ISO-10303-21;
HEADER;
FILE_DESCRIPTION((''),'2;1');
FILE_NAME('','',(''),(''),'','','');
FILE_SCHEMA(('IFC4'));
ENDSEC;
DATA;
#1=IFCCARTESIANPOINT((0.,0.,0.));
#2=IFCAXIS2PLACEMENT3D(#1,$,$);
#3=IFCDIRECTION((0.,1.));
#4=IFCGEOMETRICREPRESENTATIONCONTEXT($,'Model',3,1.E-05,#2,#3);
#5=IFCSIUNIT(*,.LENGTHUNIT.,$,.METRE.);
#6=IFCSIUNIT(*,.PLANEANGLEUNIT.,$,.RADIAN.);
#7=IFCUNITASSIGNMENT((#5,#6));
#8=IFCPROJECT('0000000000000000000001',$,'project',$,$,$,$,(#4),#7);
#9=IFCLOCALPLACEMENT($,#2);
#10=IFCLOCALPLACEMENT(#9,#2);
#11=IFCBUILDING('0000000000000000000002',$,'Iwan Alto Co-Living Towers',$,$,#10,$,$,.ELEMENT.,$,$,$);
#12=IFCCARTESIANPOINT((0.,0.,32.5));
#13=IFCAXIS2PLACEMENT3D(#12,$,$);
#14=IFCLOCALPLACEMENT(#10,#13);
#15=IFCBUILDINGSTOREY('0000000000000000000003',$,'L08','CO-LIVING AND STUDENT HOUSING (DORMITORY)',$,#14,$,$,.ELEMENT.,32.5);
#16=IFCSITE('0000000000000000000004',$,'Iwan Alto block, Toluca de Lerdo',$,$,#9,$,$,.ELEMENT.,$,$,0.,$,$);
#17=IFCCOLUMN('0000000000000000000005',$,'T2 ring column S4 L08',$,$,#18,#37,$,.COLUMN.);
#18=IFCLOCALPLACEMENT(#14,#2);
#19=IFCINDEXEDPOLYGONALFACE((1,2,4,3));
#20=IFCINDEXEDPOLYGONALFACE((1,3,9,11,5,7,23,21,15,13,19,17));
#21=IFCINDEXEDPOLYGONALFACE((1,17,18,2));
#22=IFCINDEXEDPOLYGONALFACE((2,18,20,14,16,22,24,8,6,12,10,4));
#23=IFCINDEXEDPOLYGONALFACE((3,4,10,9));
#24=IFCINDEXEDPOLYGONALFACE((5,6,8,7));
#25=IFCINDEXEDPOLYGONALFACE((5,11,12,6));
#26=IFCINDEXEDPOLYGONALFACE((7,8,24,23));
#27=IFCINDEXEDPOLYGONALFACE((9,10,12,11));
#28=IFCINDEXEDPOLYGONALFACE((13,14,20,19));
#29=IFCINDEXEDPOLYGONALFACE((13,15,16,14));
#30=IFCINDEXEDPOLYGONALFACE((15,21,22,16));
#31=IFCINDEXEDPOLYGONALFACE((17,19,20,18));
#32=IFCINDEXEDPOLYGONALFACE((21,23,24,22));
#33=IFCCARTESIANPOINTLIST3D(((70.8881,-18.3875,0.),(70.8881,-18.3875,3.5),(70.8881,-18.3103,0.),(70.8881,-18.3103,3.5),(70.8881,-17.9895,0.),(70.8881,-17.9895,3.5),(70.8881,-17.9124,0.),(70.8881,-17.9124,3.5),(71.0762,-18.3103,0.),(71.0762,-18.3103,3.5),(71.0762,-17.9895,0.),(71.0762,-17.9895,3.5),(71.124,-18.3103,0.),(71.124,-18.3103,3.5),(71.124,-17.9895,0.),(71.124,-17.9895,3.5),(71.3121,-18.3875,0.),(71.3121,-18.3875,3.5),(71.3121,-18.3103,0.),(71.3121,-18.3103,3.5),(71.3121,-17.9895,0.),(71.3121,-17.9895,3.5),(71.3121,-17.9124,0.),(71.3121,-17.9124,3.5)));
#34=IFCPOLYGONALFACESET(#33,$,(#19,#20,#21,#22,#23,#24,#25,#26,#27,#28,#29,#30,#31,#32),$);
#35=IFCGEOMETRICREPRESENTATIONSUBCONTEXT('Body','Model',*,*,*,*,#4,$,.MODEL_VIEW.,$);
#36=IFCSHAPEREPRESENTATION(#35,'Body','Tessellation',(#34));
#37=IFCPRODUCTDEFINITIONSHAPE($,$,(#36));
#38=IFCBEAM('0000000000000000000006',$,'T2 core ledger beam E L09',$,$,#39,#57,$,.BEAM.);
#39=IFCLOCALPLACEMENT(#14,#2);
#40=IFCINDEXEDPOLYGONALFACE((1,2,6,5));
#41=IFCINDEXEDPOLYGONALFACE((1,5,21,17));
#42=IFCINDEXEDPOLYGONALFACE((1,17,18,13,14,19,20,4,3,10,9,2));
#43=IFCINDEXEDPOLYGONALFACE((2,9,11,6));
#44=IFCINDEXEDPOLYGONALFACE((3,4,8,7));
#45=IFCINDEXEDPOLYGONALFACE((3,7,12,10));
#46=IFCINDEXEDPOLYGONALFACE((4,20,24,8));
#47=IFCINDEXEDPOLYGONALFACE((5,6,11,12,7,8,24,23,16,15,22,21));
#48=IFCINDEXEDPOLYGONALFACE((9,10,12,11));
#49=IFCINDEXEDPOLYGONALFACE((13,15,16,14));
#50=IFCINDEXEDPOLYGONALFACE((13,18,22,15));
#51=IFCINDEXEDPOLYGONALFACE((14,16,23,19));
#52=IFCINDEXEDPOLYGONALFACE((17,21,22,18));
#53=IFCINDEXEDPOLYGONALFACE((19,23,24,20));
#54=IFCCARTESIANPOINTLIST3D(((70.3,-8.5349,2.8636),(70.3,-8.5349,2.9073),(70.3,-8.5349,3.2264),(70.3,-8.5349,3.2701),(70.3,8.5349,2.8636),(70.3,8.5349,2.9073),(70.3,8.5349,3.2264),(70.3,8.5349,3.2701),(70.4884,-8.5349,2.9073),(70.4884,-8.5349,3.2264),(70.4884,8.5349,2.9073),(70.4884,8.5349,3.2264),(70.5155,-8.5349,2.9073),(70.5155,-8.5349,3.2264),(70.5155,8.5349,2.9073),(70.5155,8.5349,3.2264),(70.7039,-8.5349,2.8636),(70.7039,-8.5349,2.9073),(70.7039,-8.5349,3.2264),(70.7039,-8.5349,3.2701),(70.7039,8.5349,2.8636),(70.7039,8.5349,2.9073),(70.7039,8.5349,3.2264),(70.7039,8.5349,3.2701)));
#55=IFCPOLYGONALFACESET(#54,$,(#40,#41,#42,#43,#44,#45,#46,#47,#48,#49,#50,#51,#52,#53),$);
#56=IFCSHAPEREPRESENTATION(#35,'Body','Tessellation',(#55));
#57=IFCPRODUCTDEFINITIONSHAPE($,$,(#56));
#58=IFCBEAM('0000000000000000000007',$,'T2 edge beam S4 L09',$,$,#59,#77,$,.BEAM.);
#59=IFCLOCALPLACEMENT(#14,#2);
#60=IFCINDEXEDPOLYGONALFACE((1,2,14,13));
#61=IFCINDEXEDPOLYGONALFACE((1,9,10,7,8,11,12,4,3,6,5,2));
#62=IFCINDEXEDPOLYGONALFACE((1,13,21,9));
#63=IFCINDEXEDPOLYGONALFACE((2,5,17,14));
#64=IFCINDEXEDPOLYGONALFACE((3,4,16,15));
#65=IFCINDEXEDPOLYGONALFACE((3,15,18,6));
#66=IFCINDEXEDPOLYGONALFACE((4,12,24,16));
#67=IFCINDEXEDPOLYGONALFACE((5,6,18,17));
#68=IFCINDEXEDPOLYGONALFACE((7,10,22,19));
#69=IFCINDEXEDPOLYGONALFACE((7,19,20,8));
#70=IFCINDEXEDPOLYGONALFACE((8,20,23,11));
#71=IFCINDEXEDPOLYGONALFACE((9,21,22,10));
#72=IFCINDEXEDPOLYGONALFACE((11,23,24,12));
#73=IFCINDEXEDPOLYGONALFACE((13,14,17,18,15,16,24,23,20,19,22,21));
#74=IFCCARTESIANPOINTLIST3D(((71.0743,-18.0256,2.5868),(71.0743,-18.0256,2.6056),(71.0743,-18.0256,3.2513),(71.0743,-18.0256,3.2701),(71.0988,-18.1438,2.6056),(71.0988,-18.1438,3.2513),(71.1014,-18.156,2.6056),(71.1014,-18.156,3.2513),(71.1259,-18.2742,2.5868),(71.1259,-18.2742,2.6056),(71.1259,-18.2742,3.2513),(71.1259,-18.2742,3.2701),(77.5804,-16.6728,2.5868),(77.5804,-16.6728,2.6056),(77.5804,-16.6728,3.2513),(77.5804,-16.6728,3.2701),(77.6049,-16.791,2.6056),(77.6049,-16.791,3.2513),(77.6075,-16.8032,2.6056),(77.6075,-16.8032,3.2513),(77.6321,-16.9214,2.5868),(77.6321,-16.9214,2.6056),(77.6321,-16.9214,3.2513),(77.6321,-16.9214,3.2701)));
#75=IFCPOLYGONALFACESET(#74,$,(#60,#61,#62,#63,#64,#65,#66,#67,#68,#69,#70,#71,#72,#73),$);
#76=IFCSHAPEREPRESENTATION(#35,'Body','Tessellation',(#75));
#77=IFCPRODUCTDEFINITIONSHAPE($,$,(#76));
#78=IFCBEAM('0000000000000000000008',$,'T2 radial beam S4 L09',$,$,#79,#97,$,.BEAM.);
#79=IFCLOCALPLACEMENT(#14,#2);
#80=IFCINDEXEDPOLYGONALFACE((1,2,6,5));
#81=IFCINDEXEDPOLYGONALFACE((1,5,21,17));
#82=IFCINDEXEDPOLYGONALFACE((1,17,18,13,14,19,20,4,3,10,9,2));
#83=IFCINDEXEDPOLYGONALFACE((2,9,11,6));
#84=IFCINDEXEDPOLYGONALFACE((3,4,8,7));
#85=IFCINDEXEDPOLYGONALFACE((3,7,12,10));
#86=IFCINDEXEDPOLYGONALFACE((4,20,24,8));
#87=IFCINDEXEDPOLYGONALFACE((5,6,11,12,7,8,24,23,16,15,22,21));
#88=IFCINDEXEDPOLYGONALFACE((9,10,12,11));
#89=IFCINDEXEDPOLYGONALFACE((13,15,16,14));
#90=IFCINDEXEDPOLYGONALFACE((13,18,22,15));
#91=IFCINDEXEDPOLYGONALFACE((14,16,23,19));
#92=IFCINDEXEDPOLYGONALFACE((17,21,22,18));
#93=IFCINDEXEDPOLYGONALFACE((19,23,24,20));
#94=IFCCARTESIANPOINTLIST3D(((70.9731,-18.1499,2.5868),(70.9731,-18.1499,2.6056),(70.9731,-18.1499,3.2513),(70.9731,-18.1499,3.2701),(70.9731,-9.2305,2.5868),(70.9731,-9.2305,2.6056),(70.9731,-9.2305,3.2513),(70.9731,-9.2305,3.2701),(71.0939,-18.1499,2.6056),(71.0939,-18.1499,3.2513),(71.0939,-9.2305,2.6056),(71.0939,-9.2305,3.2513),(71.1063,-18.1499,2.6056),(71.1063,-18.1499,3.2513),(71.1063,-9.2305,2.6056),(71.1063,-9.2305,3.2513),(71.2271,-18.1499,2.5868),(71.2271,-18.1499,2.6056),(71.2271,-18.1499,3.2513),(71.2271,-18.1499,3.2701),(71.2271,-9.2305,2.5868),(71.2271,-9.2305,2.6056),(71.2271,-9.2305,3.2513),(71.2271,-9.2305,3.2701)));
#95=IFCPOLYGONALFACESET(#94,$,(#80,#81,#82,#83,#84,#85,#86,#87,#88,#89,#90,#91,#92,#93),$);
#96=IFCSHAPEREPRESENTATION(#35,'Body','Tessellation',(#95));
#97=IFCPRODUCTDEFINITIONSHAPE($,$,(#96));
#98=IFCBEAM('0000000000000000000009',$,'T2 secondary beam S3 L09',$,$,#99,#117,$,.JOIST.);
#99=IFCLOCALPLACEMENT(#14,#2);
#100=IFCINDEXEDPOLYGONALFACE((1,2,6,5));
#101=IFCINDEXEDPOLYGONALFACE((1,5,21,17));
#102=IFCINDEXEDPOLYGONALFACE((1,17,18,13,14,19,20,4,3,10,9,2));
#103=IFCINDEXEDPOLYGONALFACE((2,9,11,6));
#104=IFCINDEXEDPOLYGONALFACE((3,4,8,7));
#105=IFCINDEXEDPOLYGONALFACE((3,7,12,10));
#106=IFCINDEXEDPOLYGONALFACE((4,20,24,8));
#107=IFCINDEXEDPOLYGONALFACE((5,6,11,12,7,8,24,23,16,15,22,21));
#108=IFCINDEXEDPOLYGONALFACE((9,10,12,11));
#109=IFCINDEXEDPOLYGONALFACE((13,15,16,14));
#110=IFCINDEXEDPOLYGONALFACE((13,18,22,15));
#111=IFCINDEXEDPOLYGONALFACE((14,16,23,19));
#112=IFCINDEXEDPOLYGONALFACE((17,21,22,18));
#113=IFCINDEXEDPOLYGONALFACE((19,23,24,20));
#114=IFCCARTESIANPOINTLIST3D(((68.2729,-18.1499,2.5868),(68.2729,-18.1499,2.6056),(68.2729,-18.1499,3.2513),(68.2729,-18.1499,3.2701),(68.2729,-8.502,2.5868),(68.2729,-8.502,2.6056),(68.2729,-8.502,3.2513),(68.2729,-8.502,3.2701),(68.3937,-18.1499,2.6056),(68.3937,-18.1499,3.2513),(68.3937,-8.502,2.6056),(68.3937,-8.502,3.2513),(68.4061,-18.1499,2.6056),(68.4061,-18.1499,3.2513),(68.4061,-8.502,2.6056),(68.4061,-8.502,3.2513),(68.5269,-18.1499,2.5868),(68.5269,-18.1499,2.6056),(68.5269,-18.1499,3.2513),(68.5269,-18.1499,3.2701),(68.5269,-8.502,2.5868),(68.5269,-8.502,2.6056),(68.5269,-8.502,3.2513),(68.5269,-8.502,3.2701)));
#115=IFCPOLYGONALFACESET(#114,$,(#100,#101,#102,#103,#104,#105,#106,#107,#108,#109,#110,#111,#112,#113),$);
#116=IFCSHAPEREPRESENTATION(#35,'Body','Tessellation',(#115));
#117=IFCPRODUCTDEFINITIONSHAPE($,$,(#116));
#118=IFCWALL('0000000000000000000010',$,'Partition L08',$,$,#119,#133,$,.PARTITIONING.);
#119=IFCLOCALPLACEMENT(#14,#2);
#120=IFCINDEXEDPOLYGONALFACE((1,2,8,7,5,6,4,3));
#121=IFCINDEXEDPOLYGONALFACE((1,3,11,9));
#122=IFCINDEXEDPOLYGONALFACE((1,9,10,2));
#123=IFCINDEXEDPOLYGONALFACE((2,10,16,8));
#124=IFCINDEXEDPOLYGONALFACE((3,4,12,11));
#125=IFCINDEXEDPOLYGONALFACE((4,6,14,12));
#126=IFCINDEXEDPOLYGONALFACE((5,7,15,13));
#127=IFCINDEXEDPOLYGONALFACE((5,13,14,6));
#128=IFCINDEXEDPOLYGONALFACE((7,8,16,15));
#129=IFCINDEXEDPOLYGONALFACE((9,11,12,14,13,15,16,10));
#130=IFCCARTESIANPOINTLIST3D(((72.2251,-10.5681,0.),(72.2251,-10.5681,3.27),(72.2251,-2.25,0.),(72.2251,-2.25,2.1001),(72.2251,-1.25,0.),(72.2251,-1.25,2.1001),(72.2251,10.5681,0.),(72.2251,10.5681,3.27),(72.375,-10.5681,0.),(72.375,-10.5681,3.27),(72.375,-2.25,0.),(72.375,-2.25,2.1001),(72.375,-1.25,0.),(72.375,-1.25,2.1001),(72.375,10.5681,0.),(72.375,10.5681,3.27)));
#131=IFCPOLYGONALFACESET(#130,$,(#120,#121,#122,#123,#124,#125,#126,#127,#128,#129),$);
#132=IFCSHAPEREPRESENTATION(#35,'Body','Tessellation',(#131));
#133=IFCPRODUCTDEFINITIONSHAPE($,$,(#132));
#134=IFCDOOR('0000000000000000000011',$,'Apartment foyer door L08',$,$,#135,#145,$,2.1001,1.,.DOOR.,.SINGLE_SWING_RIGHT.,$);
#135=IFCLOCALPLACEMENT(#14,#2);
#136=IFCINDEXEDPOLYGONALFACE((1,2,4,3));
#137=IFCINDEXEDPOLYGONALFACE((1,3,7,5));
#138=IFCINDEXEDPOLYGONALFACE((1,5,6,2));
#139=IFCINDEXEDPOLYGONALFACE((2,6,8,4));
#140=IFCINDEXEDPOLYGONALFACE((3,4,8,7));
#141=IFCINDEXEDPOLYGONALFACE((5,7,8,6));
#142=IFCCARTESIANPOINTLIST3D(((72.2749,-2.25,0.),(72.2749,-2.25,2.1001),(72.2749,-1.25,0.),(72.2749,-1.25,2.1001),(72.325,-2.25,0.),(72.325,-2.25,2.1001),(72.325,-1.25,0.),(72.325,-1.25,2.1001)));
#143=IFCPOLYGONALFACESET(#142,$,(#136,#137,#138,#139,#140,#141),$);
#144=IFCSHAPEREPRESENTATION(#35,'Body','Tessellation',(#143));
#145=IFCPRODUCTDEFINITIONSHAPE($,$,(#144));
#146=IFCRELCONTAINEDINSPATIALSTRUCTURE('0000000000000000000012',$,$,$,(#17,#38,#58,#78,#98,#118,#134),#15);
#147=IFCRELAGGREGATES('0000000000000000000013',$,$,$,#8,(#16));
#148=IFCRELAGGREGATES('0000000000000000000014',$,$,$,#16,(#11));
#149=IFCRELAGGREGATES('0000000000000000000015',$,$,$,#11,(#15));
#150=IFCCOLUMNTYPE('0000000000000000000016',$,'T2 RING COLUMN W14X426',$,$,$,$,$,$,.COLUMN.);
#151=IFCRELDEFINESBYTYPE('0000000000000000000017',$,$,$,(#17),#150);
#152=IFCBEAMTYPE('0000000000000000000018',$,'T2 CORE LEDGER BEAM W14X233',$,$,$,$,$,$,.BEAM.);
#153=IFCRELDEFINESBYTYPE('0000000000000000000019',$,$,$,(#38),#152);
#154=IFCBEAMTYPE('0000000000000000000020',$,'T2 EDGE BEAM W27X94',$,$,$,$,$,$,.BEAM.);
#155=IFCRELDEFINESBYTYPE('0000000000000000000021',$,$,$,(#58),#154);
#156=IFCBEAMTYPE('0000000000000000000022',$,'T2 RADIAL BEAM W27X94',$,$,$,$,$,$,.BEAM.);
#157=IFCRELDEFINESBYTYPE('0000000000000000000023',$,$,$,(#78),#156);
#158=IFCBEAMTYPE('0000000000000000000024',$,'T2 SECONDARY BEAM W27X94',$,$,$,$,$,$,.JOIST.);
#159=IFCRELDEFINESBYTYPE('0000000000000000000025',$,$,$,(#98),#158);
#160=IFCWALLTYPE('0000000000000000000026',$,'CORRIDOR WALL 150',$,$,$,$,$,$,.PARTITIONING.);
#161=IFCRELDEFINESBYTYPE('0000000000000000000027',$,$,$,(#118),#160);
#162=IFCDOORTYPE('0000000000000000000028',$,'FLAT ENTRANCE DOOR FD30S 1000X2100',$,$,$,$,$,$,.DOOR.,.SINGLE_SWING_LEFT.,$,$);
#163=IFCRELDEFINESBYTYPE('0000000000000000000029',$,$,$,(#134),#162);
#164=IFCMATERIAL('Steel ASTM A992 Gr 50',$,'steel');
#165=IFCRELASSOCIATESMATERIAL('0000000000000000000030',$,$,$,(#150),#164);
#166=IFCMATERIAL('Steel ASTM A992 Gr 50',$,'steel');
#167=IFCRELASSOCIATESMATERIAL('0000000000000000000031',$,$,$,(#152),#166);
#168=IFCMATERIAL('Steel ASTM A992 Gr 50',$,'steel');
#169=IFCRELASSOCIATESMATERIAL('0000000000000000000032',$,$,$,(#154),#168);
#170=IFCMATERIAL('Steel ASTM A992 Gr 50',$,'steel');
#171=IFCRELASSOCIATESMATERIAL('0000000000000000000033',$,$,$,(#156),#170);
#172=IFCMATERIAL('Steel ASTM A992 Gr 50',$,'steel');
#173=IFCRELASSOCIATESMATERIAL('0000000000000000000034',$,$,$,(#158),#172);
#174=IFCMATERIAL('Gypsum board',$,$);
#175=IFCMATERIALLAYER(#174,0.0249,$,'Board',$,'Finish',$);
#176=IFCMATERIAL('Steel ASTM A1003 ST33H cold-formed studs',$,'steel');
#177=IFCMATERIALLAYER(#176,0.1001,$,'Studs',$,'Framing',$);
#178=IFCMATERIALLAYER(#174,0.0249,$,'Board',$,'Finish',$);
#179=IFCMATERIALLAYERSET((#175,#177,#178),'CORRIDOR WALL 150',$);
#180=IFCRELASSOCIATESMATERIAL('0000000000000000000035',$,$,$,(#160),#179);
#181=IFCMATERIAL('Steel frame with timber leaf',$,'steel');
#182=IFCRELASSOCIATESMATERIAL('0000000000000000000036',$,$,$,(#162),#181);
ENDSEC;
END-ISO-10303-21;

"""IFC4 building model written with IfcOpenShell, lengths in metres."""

from ifc_helpers import new_model, si_unit, direction, frame, frame_2d, origin, origin_2d, place, context, subcontext, project, spatial, rectangle, i_section, extrude, material, layer, layer_set, material_profile, profile_set, type_object, element, fill, save


model = new_model("IFC4")

# Units and contexts
model_context = context("Model", 3, precision=1e-05, world=origin(), true_north=direction((0.0, 1.0)))
body_context = subcontext(model_context, "Body", "Model", "MODEL_VIEW")
ifc_project = project(units=[si_unit("LENGTHUNIT", "METRE"), si_unit("PLANEANGLEUNIT", "RADIAN")], contexts=[model_context])

# Site, building, storey
site_placement = place(None, origin())
site = spatial("IfcSite", under=ifc_project, at=site_placement, Name="Iwan Alto block, Toluca de Lerdo", CompositionType="ELEMENT", RefElevation=0.0)
building_placement = place(site_placement, origin())
building = spatial("IfcBuilding", under=site, at=building_placement, Name="Iwan Alto Co-Living Towers", CompositionType="ELEMENT")
storey_placement = place(building_placement, frame((0.0, 0.0, 32.5)))
storey = spatial("IfcBuildingStorey", under=building, at=storey_placement, Name="L08", Description="CO-LIVING AND STUDENT HOUSING (DORMITORY)", CompositionType="ELEMENT", Elevation=32.5)

# Column
ifc_material_1 = material(Name="Steel ASTM A992 Gr 50", Category="steel")
ifc_material_profile_1 = material_profile(ifc_material_1, i_section(OverallWidth=0.4241, OverallDepth=0.4751, WebThickness=0.0479, FlangeThickness=0.0771, at=origin_2d()), Name="W14X426")
ifc_profile_set_1 = profile_set([ifc_material_profile_1], Name="Steel ASTM A992 Gr 50")
column_type = type_object("IfcColumnType", Name="T2 RING COLUMN W14X426", PredefinedType="COLUMN", material=ifc_profile_set_1)
column_placement = place(storey_placement, frame((71.1001, -18.1499, 0.0), z_axis=(0.0, 0.0, 1.0), x_axis=(1.0, 0.0, 0.0)))
element("IfcColumn", 1, at=column_placement, inside=storey, type_object=column_type, Name="T2 ring column S4 L08", PredefinedType="COLUMN", context=body_context, shape_type="SweptSolid", body=[
    extrude(i_section(OverallWidth=0.4241, OverallDepth=0.4751, WebThickness=0.0479, FlangeThickness=0.0771, at=origin_2d()), origin(), (0.0, 0.0, 1.0), 3.5),
])

# Beams
ifc_material_2 = material(Name="Steel ASTM A992 Gr 50", Category="steel")
ifc_material_profile_2 = material_profile(ifc_material_2, i_section(OverallWidth=0.4038, OverallDepth=0.4065, WebThickness=0.0271, FlangeThickness=0.0437, at=origin_2d()), Name="W14X233")
ifc_profile_set_2 = profile_set([ifc_material_profile_2], Name="Steel ASTM A992 Gr 50")
beam_type_1 = type_object("IfcBeamType", Name="T2 CORE LEDGER BEAM W14X233", PredefinedType="BEAM", material=ifc_profile_set_2)
beam_1_placement = place(storey_placement, frame((70.502, -8.5349, 3.0669), z_axis=(0.0, 1.0, 0.0), x_axis=(-1.0, 0.0, 0.0)))
element("IfcBeam", 2, at=beam_1_placement, inside=storey, type_object=beam_type_1, Name="T2 core ledger beam E L09", PredefinedType="BEAM", context=body_context, shape_type="SweptSolid", body=[
    extrude(i_section(OverallWidth=0.4038, OverallDepth=0.4065, WebThickness=0.0271, FlangeThickness=0.0437, at=origin_2d()), origin(), (0.0, 0.0, 1.0), 17.0698),
])
ifc_material_3 = material(Name="Steel ASTM A992 Gr 50", Category="steel")
ifc_material_profile_3 = material_profile(ifc_material_3, i_section(OverallWidth=0.2539, OverallDepth=0.6833, WebThickness=0.0125, FlangeThickness=0.0188, at=origin_2d()), Name="W27X94")
ifc_profile_set_3 = profile_set([ifc_material_profile_3], Name="Steel ASTM A992 Gr 50")
beam_type_2 = type_object("IfcBeamType", Name="T2 EDGE BEAM W27X94", PredefinedType="BEAM", material=ifc_profile_set_3)
beam_2_placement = place(storey_placement, frame((71.1001, -18.1499, 2.9285), z_axis=(0.97906, 0.203571, 0.0), x_axis=(-0.203571, 0.97906, 0.0)))
element("IfcBeam", 3, at=beam_2_placement, inside=storey, type_object=beam_type_2, Name="T2 edge beam S4 L09", PredefinedType="BEAM", context=body_context, shape_type="SweptSolid", body=[
    extrude(i_section(OverallWidth=0.2539, OverallDepth=0.6833, WebThickness=0.0125, FlangeThickness=0.0188, at=origin_2d()), origin(), (0.0, 0.0, 1.0), 6.6453),
])
ifc_material_4 = material(Name="Steel ASTM A992 Gr 50", Category="steel")
ifc_material_profile_4 = material_profile(ifc_material_4, i_section(OverallWidth=0.2539, OverallDepth=0.6833, WebThickness=0.0125, FlangeThickness=0.0188, at=origin_2d()), Name="W27X94")
ifc_profile_set_4 = profile_set([ifc_material_profile_4], Name="Steel ASTM A992 Gr 50")
beam_type_3 = type_object("IfcBeamType", Name="T2 RADIAL BEAM W27X94", PredefinedType="BEAM", material=ifc_profile_set_4)
beam_3_placement = place(storey_placement, frame((71.1001, -18.1499, 2.9285), z_axis=(0.0, 1.0, 0.0), x_axis=(-1.0, 0.0, 0.0)))
element("IfcBeam", 4, at=beam_3_placement, inside=storey, type_object=beam_type_3, Name="T2 radial beam S4 L09", PredefinedType="BEAM", context=body_context, shape_type="SweptSolid", body=[
    extrude(i_section(OverallWidth=0.2539, OverallDepth=0.6833, WebThickness=0.0125, FlangeThickness=0.0188, at=origin_2d()), origin(), (0.0, 0.0, 1.0), 8.9194),
])
ifc_material_5 = material(Name="Steel ASTM A992 Gr 50", Category="steel")
ifc_material_profile_5 = material_profile(ifc_material_5, i_section(OverallWidth=0.2539, OverallDepth=0.6833, WebThickness=0.0125, FlangeThickness=0.0188, at=origin_2d()), Name="W27X94")
ifc_profile_set_5 = profile_set([ifc_material_profile_5], Name="Steel ASTM A992 Gr 50")
beam_type_4 = type_object("IfcBeamType", Name="T2 SECONDARY BEAM W27X94", PredefinedType="JOIST", material=ifc_profile_set_5)
beam_4_placement = place(storey_placement, frame((68.3999, -18.1499, 2.9285), z_axis=(0.0, 1.0, 0.0), x_axis=(-1.0, 0.0, 0.0)))
element("IfcBeam", 5, at=beam_4_placement, inside=storey, type_object=beam_type_4, Name="T2 secondary beam S3 L09", PredefinedType="JOIST", context=body_context, shape_type="SweptSolid", body=[
    extrude(i_section(OverallWidth=0.2539, OverallDepth=0.6833, WebThickness=0.0125, FlangeThickness=0.0188, at=origin_2d()), origin(), (0.0, 0.0, 1.0), 9.6479),
])

# Wall, opening, door
ifc_material_6 = material(Name="Gypsum board")
ifc_layer_1 = layer(ifc_material_6, 0.0249, Name="Board", Category="Finish")
ifc_material_7 = material(Name="Steel ASTM A1003 ST33H cold-formed studs", Category="steel")
ifc_layer_2 = layer(ifc_material_7, 0.1001, Name="Studs", Category="Framing")
ifc_layer_3 = layer(ifc_material_6, 0.0249, Name="Board", Category="Finish")
ifc_layer_set_1 = layer_set([ifc_layer_1, ifc_layer_2, ifc_layer_3], Name="CORRIDOR WALL 150")
wall_type_1 = type_object("IfcWallType", Name="CORRIDOR WALL 150", PredefinedType="PARTITIONING", material=ifc_layer_set_1)
wall_1_placement = place(storey_placement, frame((72.3, -10.5681, 0.0), z_axis=(0.0, 0.0, 1.0), x_axis=(0.0, 1.0, 0.0)))
wall_1 = element("IfcWall", 6, at=wall_1_placement, inside=storey, type_object=wall_type_1, Name="Partition L08", PredefinedType="PARTITIONING", context=body_context, shape_type="SweptSolid", body=[
    extrude(rectangle(XDim=21.1362, YDim=0.1499, at=frame_2d((10.5681, 0.0))), origin(), (0.0, 0.0, 1.0), 3.27),
])
opening_1_placement = place(wall_1_placement, frame((8.3181, 0.0, 0.0)))
opening_1 = element("IfcOpeningElement", 7, at=opening_1_placement, cuts=wall_1, PredefinedType="OPENING", context=body_context, shape_type="SweptSolid", body=[
    extrude(rectangle(XDim=1.0, YDim=2.1001, at=frame_2d((0.5, 1.05))), frame((0.0, 0.085, 0.0), z_axis=(0.0, -1.0, 0.0), x_axis=(1.0, 0.0, 0.0)), (0.0, 0.0, 1.0), 0.1699),
])
ifc_material_8 = material(Name="Steel frame with timber leaf", Category="steel")
door_type_1 = type_object("IfcDoorType", Name="FLAT ENTRANCE DOOR FD30S 1000X2100", OperationType="SINGLE_SWING_LEFT", PredefinedType="DOOR", material=ifc_material_8)
door_1_placement = place(opening_1_placement, frame((1.0, 0.0, 0.0), z_axis=(0.0, 0.0, 1.0), x_axis=(-1.0, 0.0, 0.0)))
door_1 = element("IfcDoor", 8, at=door_1_placement, inside=storey, type_object=door_type_1, Name="Apartment foyer door L08", OperationType="SINGLE_SWING_RIGHT", OverallHeight=2.1001, OverallWidth=1.0, PredefinedType="DOOR", context=body_context, shape_type="SweptSolid", body=[
    extrude(rectangle(XDim=1.0, YDim=2.1001, at=frame_2d((0.5, 1.05))), frame((0.0, 0.0249, 0.0), z_axis=(0.0, -1.0, 0.0), x_axis=(1.0, 0.0, 0.0)), (0.0, 0.0, 1.0), 0.05),
])
fill(opening_1, door_1)

save(model, "model.ifc")
